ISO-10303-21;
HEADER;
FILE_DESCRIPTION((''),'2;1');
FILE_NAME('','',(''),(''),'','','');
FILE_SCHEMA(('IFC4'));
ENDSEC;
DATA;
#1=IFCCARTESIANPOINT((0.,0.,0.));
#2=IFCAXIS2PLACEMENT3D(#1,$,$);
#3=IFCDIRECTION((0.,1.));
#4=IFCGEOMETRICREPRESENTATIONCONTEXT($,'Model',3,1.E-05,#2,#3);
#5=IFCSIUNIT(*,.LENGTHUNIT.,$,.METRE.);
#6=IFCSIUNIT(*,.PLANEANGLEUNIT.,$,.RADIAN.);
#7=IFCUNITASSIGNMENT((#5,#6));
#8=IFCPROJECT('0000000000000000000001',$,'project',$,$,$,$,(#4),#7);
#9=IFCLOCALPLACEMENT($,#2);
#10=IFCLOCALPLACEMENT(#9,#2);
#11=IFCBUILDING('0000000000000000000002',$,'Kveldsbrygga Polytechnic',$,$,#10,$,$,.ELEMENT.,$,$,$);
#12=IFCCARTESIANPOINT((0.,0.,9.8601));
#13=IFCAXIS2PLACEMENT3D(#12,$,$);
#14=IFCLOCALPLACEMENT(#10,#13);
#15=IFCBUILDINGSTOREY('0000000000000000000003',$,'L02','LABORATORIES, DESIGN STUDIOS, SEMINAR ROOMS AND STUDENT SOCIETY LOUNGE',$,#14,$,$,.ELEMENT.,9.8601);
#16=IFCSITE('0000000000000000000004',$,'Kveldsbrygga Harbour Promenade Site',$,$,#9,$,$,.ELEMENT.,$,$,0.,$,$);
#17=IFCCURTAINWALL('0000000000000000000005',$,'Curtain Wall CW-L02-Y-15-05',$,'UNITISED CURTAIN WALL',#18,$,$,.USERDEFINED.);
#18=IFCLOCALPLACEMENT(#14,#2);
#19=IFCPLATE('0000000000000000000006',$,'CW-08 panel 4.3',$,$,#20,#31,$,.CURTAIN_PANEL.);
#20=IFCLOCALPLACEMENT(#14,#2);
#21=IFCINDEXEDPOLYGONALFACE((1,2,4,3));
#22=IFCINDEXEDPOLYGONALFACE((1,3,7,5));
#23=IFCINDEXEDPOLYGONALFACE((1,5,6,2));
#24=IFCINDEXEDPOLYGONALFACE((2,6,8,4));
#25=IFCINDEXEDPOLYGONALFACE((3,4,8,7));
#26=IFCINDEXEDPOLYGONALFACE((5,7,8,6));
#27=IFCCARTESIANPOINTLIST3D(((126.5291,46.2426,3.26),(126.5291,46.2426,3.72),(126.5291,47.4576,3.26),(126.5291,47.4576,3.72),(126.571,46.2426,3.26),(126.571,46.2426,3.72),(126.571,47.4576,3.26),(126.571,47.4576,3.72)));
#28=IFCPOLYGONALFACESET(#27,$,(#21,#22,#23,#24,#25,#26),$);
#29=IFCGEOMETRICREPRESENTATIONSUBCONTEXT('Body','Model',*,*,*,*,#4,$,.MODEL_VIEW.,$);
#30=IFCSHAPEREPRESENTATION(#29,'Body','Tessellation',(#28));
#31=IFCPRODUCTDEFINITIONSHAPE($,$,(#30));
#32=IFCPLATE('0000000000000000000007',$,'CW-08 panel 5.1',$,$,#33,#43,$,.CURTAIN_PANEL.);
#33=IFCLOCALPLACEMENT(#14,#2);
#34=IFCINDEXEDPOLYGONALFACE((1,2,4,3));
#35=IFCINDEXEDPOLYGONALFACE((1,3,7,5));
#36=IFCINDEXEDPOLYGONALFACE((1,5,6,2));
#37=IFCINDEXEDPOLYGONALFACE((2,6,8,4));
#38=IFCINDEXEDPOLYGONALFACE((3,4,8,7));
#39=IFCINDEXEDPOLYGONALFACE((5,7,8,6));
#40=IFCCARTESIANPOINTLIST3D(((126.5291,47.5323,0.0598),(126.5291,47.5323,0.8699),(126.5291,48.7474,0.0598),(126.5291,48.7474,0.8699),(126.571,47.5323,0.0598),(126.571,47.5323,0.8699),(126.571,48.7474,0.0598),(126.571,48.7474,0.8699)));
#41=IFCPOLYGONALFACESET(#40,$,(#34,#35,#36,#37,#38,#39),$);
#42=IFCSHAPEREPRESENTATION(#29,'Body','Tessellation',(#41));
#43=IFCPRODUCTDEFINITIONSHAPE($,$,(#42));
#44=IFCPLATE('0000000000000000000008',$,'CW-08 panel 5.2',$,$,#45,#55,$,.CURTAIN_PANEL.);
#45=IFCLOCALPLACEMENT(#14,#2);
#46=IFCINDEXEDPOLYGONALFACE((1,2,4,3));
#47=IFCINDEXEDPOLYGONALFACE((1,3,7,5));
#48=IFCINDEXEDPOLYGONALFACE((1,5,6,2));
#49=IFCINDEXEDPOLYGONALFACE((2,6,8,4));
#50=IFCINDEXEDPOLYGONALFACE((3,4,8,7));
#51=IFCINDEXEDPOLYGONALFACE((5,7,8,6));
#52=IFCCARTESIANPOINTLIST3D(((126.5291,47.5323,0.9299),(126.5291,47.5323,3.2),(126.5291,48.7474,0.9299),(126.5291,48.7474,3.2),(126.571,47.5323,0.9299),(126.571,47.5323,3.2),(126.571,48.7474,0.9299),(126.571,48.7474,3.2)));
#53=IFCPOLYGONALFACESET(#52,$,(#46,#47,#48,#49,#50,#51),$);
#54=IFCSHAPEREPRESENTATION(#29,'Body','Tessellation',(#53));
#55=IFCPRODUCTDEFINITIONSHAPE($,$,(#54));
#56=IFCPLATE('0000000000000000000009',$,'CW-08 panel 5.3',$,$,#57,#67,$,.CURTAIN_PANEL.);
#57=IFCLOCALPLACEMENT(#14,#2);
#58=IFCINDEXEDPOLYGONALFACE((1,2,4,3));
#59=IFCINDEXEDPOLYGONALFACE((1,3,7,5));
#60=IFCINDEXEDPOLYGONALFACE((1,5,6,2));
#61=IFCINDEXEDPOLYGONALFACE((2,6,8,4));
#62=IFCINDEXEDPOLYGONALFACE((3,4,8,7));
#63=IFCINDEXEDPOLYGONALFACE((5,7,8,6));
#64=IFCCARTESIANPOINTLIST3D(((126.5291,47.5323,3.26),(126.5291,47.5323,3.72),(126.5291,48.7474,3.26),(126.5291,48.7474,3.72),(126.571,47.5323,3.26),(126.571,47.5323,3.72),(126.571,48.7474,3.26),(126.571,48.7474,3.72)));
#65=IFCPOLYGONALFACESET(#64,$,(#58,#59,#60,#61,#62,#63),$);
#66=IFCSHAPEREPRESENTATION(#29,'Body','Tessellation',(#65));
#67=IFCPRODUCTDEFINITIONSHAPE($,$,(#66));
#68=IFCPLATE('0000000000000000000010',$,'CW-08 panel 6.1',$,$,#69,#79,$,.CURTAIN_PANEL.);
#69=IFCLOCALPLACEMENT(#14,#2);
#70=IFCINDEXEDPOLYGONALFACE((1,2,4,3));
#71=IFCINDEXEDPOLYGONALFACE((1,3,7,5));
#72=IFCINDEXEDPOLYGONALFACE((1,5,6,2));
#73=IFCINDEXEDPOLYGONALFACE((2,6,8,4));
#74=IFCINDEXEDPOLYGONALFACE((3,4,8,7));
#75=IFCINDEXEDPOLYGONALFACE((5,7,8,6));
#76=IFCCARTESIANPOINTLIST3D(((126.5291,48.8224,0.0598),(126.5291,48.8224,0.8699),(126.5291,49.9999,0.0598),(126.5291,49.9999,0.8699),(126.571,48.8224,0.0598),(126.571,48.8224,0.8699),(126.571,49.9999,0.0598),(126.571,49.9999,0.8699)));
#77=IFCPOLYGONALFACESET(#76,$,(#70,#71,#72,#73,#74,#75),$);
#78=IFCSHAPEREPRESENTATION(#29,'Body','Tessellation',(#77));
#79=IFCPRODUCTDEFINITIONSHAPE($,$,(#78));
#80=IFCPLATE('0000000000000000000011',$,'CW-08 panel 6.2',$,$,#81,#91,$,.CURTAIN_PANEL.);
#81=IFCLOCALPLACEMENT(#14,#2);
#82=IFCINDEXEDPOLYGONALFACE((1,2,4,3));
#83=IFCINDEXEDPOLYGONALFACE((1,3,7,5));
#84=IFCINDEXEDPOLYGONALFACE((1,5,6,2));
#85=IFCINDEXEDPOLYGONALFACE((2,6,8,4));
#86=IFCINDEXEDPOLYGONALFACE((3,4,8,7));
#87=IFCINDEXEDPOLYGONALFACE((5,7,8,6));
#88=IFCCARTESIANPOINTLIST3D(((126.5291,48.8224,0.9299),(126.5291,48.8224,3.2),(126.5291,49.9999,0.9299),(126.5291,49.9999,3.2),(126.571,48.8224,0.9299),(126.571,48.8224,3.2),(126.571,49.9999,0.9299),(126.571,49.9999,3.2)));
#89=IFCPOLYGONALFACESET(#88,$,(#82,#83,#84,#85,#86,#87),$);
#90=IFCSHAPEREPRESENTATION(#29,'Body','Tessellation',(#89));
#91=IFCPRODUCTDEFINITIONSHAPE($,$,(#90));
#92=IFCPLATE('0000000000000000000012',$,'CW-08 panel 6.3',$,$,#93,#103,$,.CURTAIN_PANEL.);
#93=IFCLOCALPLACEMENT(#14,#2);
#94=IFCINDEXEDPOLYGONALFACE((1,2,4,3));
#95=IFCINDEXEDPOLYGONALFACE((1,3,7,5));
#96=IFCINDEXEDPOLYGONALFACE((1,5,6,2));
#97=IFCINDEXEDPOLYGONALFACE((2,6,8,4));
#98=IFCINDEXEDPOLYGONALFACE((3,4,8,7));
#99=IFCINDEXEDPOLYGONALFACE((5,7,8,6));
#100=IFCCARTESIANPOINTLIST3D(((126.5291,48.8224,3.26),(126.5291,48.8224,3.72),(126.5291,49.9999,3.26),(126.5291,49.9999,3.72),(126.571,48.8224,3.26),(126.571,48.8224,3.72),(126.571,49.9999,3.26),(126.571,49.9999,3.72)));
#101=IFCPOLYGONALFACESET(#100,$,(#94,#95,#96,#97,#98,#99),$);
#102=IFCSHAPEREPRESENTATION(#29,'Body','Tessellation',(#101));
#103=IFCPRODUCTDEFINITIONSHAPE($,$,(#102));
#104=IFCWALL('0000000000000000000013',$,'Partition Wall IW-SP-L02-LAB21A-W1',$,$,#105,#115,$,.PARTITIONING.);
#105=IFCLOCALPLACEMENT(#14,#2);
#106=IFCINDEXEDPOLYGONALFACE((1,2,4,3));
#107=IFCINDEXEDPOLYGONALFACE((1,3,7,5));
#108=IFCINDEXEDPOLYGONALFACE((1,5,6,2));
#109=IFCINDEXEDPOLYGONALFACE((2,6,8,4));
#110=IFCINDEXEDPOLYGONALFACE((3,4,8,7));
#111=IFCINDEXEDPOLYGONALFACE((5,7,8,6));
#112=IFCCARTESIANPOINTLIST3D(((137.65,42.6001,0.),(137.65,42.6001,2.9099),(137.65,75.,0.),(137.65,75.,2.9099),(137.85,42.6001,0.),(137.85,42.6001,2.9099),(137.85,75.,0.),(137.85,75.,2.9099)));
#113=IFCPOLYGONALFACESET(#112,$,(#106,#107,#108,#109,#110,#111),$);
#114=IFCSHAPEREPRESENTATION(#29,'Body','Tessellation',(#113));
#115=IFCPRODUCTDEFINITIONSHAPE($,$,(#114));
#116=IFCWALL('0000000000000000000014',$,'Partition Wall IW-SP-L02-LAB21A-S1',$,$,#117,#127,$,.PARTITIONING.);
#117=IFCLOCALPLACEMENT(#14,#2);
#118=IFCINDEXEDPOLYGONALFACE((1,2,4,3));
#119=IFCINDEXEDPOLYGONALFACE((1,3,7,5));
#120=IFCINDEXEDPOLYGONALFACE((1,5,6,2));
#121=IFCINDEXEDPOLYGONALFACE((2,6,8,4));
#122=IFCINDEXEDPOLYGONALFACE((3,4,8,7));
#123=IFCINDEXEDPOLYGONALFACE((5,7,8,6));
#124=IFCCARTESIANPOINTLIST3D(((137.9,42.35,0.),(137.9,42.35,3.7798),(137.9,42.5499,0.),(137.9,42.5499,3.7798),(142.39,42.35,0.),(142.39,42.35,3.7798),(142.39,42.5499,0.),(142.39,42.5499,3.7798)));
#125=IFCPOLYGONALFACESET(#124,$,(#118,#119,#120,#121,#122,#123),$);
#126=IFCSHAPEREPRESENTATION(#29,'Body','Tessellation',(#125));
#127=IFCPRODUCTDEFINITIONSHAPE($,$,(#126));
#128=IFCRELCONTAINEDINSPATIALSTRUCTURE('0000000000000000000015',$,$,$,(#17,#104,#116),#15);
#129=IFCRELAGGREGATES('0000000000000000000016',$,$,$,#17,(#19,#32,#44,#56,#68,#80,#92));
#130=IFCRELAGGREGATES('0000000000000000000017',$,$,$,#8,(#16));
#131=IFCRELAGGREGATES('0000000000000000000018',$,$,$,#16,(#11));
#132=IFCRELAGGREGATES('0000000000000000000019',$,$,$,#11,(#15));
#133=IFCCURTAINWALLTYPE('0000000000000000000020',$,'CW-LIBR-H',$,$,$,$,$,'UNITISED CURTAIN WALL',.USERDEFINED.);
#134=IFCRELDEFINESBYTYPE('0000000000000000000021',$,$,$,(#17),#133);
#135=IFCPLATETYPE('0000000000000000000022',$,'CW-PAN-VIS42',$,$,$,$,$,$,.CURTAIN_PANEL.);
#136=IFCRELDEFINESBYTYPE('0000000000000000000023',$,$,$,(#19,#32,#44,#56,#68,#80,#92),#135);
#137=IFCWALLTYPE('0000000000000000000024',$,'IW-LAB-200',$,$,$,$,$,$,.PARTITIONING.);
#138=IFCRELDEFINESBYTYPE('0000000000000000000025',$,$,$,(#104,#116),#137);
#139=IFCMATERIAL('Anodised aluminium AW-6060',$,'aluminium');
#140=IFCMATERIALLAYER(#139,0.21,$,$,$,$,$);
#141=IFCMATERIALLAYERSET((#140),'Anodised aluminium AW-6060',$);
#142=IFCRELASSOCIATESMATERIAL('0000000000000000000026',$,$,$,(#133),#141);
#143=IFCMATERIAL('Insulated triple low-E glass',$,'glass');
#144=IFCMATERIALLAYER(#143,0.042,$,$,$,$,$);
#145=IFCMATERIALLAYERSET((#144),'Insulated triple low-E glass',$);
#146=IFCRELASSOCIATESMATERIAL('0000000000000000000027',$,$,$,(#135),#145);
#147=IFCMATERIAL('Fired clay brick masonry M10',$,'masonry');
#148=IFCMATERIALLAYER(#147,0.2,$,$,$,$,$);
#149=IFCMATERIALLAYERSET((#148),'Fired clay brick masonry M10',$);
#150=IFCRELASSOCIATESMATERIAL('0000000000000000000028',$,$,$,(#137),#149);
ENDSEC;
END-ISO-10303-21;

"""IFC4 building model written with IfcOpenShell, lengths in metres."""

from ifc_helpers import new_model, si_unit, direction, frame, frame_2d, origin, origin_2d, place, context, subcontext, project, spatial, rectangle, extrude, material, layer, layer_set, type_object, element, aggregate, save


model = new_model("IFC4")

# Units and contexts
model_context = context("Model", 3, precision=1e-05, world=origin(), true_north=direction((0.0, 1.0)))
body_context = subcontext(model_context, "Body", "Model", "MODEL_VIEW")
ifc_project = project(units=[si_unit("LENGTHUNIT", "METRE"), si_unit("PLANEANGLEUNIT", "RADIAN")], contexts=[model_context])

# Site, building, storey
site_placement = place(None, origin())
site = spatial("IfcSite", under=ifc_project, at=site_placement, Name="Kveldsbrygga Harbour Promenade Site", CompositionType="ELEMENT", RefElevation=0.0)
building_placement = place(site_placement, origin())
building = spatial("IfcBuilding", under=site, at=building_placement, Name="Kveldsbrygga Polytechnic", CompositionType="ELEMENT")
storey_placement = place(building_placement, frame((0.0, 0.0, 9.8601)))
storey = spatial("IfcBuildingStorey", under=building, at=storey_placement, Name="L02", Description="LABORATORIES, DESIGN STUDIOS, SEMINAR ROOMS AND STUDENT SOCIETY LOUNGE", CompositionType="ELEMENT", Elevation=9.8601)

# Curtain wall
ifc_material_1 = material(Name="Anodised aluminium AW-6060", Category="aluminium")
ifc_layer_1 = layer(ifc_material_1, 0.21)
ifc_layer_set_1 = layer_set([ifc_layer_1], Name="Anodised aluminium AW-6060")
curtain_wall_type = type_object("IfcCurtainWallType", Name="CW-LIBR-H", ElementType="UNITISED CURTAIN WALL", PredefinedType="USERDEFINED", material=ifc_layer_set_1)
curtain_wall_placement = place(storey_placement, origin())
curtain_wall = element("IfcCurtainWall", 1, at=curtain_wall_placement, inside=storey, type_object=curtain_wall_type, Name="Curtain Wall CW-L02-Y-15-05", ObjectType="UNITISED CURTAIN WALL", PredefinedType="USERDEFINED")

# Plates
ifc_material_2 = material(Name="Insulated triple low-E glass", Category="glass")
ifc_layer_2 = layer(ifc_material_2, 0.042)
ifc_layer_set_2 = layer_set([ifc_layer_2], Name="Insulated triple low-E glass")
plate_type = type_object("IfcPlateType", Name="CW-PAN-VIS42", PredefinedType="CURTAIN_PANEL", material=ifc_layer_set_2)
plate_1_placement = place(storey_placement, frame((126.55, 46.8501, 3.26), z_axis=(0.0, 0.0, 1.0), x_axis=(0.0, 1.0, 0.0)))
plate_1 = element("IfcPlate", 2, at=plate_1_placement, type_object=plate_type, Name="CW-08 panel 4.3", PredefinedType="CURTAIN_PANEL", context=body_context, shape_type="SweptSolid", body=[
    extrude(rectangle(XDim=1.2151, YDim=0.042, at=origin_2d()), origin(), (0.0, 0.0, 1.0), 0.46),
])
plate_2_placement = place(storey_placement, frame((126.55, 48.1399, 0.0598), z_axis=(0.0, 0.0, 1.0), x_axis=(0.0, 1.0, 0.0)))
plate_2 = element("IfcPlate", 3, at=plate_2_placement, type_object=plate_type, Name="CW-08 panel 5.1", PredefinedType="CURTAIN_PANEL", context=body_context, shape_type="SweptSolid", body=[
    extrude(rectangle(XDim=1.2151, YDim=0.042, at=origin_2d()), origin(), (0.0, 0.0, 1.0), 0.8101),
])
plate_3_placement = place(storey_placement, frame((126.55, 48.1399, 0.9299), z_axis=(0.0, 0.0, 1.0), x_axis=(0.0, 1.0, 0.0)))
plate_3 = element("IfcPlate", 4, at=plate_3_placement, type_object=plate_type, Name="CW-08 panel 5.2", PredefinedType="CURTAIN_PANEL", context=body_context, shape_type="SweptSolid", body=[
    extrude(rectangle(XDim=1.2151, YDim=0.042, at=origin_2d()), origin(), (0.0, 0.0, 1.0), 2.27),
])
plate_4_placement = place(storey_placement, frame((126.55, 48.1399, 3.26), z_axis=(0.0, 0.0, 1.0), x_axis=(0.0, 1.0, 0.0)))
plate_4 = element("IfcPlate", 5, at=plate_4_placement, type_object=plate_type, Name="CW-08 panel 5.3", PredefinedType="CURTAIN_PANEL", context=body_context, shape_type="SweptSolid", body=[
    extrude(rectangle(XDim=1.2151, YDim=0.042, at=origin_2d()), origin(), (0.0, 0.0, 1.0), 0.46),
])
plate_5_placement = place(storey_placement, frame((126.55, 49.4111, 0.0598), z_axis=(0.0, 0.0, 1.0), x_axis=(0.0, 1.0, 0.0)))
plate_5 = element("IfcPlate", 6, at=plate_5_placement, type_object=plate_type, Name="CW-08 panel 6.1", PredefinedType="CURTAIN_PANEL", context=body_context, shape_type="SweptSolid", body=[
    extrude(rectangle(XDim=1.1775, YDim=0.042, at=origin_2d()), origin(), (0.0, 0.0, 1.0), 0.8101),
])
plate_6_placement = place(storey_placement, frame((126.55, 49.4111, 0.9299), z_axis=(0.0, 0.0, 1.0), x_axis=(0.0, 1.0, 0.0)))
plate_6 = element("IfcPlate", 7, at=plate_6_placement, type_object=plate_type, Name="CW-08 panel 6.2", PredefinedType="CURTAIN_PANEL", context=body_context, shape_type="SweptSolid", body=[
    extrude(rectangle(XDim=1.1775, YDim=0.042, at=origin_2d()), origin(), (0.0, 0.0, 1.0), 2.27),
])
plate_7_placement = place(storey_placement, frame((126.55, 49.4111, 3.26), z_axis=(0.0, 0.0, 1.0), x_axis=(0.0, 1.0, 0.0)))
plate_7 = element("IfcPlate", 8, at=plate_7_placement, type_object=plate_type, Name="CW-08 panel 6.3", PredefinedType="CURTAIN_PANEL", context=body_context, shape_type="SweptSolid", body=[
    extrude(rectangle(XDim=1.1775, YDim=0.042, at=origin_2d()), origin(), (0.0, 0.0, 1.0), 0.46),
])
aggregate(curtain_wall, [plate_1, plate_2, plate_3, plate_4, plate_5, plate_6, plate_7])

# Walls
ifc_material_3 = material(Name="Fired clay brick masonry M10", Category="masonry")
ifc_layer_3 = layer(ifc_material_3, 0.2)
ifc_layer_set_3 = layer_set([ifc_layer_3], Name="Fired clay brick masonry M10")
wall_type = type_object("IfcWallType", Name="IW-LAB-200", PredefinedType="PARTITIONING", material=ifc_layer_set_3)
wall_1_placement = place(storey_placement, frame((137.75, 42.6001, 0.0), z_axis=(0.0, 0.0, 1.0), x_axis=(0.0, 1.0, 0.0)))
element("IfcWall", 9, at=wall_1_placement, inside=storey, type_object=wall_type, Name="Partition Wall IW-SP-L02-LAB21A-W1", PredefinedType="PARTITIONING", context=body_context, shape_type="SweptSolid", body=[
    extrude(rectangle(XDim=32.3999, YDim=0.2, at=frame_2d((16.2, 0.0))), origin(), (0.0, 0.0, 1.0), 2.9099),
])
wall_2_placement = place(storey_placement, frame((137.8999, 42.45, 0.0), z_axis=(0.0, 0.0, 1.0), x_axis=(1.0, 0.0, 0.0)))
element("IfcWall", 10, at=wall_2_placement, inside=storey, type_object=wall_type, Name="Partition Wall IW-SP-L02-LAB21A-S1", PredefinedType="PARTITIONING", context=body_context, shape_type="SweptSolid", body=[
    extrude(rectangle(XDim=4.49, YDim=0.2, at=frame_2d((2.2451, 0.0))), origin(), (0.0, 0.0, 1.0), 3.7798),
])

save(model, "model.ifc")
